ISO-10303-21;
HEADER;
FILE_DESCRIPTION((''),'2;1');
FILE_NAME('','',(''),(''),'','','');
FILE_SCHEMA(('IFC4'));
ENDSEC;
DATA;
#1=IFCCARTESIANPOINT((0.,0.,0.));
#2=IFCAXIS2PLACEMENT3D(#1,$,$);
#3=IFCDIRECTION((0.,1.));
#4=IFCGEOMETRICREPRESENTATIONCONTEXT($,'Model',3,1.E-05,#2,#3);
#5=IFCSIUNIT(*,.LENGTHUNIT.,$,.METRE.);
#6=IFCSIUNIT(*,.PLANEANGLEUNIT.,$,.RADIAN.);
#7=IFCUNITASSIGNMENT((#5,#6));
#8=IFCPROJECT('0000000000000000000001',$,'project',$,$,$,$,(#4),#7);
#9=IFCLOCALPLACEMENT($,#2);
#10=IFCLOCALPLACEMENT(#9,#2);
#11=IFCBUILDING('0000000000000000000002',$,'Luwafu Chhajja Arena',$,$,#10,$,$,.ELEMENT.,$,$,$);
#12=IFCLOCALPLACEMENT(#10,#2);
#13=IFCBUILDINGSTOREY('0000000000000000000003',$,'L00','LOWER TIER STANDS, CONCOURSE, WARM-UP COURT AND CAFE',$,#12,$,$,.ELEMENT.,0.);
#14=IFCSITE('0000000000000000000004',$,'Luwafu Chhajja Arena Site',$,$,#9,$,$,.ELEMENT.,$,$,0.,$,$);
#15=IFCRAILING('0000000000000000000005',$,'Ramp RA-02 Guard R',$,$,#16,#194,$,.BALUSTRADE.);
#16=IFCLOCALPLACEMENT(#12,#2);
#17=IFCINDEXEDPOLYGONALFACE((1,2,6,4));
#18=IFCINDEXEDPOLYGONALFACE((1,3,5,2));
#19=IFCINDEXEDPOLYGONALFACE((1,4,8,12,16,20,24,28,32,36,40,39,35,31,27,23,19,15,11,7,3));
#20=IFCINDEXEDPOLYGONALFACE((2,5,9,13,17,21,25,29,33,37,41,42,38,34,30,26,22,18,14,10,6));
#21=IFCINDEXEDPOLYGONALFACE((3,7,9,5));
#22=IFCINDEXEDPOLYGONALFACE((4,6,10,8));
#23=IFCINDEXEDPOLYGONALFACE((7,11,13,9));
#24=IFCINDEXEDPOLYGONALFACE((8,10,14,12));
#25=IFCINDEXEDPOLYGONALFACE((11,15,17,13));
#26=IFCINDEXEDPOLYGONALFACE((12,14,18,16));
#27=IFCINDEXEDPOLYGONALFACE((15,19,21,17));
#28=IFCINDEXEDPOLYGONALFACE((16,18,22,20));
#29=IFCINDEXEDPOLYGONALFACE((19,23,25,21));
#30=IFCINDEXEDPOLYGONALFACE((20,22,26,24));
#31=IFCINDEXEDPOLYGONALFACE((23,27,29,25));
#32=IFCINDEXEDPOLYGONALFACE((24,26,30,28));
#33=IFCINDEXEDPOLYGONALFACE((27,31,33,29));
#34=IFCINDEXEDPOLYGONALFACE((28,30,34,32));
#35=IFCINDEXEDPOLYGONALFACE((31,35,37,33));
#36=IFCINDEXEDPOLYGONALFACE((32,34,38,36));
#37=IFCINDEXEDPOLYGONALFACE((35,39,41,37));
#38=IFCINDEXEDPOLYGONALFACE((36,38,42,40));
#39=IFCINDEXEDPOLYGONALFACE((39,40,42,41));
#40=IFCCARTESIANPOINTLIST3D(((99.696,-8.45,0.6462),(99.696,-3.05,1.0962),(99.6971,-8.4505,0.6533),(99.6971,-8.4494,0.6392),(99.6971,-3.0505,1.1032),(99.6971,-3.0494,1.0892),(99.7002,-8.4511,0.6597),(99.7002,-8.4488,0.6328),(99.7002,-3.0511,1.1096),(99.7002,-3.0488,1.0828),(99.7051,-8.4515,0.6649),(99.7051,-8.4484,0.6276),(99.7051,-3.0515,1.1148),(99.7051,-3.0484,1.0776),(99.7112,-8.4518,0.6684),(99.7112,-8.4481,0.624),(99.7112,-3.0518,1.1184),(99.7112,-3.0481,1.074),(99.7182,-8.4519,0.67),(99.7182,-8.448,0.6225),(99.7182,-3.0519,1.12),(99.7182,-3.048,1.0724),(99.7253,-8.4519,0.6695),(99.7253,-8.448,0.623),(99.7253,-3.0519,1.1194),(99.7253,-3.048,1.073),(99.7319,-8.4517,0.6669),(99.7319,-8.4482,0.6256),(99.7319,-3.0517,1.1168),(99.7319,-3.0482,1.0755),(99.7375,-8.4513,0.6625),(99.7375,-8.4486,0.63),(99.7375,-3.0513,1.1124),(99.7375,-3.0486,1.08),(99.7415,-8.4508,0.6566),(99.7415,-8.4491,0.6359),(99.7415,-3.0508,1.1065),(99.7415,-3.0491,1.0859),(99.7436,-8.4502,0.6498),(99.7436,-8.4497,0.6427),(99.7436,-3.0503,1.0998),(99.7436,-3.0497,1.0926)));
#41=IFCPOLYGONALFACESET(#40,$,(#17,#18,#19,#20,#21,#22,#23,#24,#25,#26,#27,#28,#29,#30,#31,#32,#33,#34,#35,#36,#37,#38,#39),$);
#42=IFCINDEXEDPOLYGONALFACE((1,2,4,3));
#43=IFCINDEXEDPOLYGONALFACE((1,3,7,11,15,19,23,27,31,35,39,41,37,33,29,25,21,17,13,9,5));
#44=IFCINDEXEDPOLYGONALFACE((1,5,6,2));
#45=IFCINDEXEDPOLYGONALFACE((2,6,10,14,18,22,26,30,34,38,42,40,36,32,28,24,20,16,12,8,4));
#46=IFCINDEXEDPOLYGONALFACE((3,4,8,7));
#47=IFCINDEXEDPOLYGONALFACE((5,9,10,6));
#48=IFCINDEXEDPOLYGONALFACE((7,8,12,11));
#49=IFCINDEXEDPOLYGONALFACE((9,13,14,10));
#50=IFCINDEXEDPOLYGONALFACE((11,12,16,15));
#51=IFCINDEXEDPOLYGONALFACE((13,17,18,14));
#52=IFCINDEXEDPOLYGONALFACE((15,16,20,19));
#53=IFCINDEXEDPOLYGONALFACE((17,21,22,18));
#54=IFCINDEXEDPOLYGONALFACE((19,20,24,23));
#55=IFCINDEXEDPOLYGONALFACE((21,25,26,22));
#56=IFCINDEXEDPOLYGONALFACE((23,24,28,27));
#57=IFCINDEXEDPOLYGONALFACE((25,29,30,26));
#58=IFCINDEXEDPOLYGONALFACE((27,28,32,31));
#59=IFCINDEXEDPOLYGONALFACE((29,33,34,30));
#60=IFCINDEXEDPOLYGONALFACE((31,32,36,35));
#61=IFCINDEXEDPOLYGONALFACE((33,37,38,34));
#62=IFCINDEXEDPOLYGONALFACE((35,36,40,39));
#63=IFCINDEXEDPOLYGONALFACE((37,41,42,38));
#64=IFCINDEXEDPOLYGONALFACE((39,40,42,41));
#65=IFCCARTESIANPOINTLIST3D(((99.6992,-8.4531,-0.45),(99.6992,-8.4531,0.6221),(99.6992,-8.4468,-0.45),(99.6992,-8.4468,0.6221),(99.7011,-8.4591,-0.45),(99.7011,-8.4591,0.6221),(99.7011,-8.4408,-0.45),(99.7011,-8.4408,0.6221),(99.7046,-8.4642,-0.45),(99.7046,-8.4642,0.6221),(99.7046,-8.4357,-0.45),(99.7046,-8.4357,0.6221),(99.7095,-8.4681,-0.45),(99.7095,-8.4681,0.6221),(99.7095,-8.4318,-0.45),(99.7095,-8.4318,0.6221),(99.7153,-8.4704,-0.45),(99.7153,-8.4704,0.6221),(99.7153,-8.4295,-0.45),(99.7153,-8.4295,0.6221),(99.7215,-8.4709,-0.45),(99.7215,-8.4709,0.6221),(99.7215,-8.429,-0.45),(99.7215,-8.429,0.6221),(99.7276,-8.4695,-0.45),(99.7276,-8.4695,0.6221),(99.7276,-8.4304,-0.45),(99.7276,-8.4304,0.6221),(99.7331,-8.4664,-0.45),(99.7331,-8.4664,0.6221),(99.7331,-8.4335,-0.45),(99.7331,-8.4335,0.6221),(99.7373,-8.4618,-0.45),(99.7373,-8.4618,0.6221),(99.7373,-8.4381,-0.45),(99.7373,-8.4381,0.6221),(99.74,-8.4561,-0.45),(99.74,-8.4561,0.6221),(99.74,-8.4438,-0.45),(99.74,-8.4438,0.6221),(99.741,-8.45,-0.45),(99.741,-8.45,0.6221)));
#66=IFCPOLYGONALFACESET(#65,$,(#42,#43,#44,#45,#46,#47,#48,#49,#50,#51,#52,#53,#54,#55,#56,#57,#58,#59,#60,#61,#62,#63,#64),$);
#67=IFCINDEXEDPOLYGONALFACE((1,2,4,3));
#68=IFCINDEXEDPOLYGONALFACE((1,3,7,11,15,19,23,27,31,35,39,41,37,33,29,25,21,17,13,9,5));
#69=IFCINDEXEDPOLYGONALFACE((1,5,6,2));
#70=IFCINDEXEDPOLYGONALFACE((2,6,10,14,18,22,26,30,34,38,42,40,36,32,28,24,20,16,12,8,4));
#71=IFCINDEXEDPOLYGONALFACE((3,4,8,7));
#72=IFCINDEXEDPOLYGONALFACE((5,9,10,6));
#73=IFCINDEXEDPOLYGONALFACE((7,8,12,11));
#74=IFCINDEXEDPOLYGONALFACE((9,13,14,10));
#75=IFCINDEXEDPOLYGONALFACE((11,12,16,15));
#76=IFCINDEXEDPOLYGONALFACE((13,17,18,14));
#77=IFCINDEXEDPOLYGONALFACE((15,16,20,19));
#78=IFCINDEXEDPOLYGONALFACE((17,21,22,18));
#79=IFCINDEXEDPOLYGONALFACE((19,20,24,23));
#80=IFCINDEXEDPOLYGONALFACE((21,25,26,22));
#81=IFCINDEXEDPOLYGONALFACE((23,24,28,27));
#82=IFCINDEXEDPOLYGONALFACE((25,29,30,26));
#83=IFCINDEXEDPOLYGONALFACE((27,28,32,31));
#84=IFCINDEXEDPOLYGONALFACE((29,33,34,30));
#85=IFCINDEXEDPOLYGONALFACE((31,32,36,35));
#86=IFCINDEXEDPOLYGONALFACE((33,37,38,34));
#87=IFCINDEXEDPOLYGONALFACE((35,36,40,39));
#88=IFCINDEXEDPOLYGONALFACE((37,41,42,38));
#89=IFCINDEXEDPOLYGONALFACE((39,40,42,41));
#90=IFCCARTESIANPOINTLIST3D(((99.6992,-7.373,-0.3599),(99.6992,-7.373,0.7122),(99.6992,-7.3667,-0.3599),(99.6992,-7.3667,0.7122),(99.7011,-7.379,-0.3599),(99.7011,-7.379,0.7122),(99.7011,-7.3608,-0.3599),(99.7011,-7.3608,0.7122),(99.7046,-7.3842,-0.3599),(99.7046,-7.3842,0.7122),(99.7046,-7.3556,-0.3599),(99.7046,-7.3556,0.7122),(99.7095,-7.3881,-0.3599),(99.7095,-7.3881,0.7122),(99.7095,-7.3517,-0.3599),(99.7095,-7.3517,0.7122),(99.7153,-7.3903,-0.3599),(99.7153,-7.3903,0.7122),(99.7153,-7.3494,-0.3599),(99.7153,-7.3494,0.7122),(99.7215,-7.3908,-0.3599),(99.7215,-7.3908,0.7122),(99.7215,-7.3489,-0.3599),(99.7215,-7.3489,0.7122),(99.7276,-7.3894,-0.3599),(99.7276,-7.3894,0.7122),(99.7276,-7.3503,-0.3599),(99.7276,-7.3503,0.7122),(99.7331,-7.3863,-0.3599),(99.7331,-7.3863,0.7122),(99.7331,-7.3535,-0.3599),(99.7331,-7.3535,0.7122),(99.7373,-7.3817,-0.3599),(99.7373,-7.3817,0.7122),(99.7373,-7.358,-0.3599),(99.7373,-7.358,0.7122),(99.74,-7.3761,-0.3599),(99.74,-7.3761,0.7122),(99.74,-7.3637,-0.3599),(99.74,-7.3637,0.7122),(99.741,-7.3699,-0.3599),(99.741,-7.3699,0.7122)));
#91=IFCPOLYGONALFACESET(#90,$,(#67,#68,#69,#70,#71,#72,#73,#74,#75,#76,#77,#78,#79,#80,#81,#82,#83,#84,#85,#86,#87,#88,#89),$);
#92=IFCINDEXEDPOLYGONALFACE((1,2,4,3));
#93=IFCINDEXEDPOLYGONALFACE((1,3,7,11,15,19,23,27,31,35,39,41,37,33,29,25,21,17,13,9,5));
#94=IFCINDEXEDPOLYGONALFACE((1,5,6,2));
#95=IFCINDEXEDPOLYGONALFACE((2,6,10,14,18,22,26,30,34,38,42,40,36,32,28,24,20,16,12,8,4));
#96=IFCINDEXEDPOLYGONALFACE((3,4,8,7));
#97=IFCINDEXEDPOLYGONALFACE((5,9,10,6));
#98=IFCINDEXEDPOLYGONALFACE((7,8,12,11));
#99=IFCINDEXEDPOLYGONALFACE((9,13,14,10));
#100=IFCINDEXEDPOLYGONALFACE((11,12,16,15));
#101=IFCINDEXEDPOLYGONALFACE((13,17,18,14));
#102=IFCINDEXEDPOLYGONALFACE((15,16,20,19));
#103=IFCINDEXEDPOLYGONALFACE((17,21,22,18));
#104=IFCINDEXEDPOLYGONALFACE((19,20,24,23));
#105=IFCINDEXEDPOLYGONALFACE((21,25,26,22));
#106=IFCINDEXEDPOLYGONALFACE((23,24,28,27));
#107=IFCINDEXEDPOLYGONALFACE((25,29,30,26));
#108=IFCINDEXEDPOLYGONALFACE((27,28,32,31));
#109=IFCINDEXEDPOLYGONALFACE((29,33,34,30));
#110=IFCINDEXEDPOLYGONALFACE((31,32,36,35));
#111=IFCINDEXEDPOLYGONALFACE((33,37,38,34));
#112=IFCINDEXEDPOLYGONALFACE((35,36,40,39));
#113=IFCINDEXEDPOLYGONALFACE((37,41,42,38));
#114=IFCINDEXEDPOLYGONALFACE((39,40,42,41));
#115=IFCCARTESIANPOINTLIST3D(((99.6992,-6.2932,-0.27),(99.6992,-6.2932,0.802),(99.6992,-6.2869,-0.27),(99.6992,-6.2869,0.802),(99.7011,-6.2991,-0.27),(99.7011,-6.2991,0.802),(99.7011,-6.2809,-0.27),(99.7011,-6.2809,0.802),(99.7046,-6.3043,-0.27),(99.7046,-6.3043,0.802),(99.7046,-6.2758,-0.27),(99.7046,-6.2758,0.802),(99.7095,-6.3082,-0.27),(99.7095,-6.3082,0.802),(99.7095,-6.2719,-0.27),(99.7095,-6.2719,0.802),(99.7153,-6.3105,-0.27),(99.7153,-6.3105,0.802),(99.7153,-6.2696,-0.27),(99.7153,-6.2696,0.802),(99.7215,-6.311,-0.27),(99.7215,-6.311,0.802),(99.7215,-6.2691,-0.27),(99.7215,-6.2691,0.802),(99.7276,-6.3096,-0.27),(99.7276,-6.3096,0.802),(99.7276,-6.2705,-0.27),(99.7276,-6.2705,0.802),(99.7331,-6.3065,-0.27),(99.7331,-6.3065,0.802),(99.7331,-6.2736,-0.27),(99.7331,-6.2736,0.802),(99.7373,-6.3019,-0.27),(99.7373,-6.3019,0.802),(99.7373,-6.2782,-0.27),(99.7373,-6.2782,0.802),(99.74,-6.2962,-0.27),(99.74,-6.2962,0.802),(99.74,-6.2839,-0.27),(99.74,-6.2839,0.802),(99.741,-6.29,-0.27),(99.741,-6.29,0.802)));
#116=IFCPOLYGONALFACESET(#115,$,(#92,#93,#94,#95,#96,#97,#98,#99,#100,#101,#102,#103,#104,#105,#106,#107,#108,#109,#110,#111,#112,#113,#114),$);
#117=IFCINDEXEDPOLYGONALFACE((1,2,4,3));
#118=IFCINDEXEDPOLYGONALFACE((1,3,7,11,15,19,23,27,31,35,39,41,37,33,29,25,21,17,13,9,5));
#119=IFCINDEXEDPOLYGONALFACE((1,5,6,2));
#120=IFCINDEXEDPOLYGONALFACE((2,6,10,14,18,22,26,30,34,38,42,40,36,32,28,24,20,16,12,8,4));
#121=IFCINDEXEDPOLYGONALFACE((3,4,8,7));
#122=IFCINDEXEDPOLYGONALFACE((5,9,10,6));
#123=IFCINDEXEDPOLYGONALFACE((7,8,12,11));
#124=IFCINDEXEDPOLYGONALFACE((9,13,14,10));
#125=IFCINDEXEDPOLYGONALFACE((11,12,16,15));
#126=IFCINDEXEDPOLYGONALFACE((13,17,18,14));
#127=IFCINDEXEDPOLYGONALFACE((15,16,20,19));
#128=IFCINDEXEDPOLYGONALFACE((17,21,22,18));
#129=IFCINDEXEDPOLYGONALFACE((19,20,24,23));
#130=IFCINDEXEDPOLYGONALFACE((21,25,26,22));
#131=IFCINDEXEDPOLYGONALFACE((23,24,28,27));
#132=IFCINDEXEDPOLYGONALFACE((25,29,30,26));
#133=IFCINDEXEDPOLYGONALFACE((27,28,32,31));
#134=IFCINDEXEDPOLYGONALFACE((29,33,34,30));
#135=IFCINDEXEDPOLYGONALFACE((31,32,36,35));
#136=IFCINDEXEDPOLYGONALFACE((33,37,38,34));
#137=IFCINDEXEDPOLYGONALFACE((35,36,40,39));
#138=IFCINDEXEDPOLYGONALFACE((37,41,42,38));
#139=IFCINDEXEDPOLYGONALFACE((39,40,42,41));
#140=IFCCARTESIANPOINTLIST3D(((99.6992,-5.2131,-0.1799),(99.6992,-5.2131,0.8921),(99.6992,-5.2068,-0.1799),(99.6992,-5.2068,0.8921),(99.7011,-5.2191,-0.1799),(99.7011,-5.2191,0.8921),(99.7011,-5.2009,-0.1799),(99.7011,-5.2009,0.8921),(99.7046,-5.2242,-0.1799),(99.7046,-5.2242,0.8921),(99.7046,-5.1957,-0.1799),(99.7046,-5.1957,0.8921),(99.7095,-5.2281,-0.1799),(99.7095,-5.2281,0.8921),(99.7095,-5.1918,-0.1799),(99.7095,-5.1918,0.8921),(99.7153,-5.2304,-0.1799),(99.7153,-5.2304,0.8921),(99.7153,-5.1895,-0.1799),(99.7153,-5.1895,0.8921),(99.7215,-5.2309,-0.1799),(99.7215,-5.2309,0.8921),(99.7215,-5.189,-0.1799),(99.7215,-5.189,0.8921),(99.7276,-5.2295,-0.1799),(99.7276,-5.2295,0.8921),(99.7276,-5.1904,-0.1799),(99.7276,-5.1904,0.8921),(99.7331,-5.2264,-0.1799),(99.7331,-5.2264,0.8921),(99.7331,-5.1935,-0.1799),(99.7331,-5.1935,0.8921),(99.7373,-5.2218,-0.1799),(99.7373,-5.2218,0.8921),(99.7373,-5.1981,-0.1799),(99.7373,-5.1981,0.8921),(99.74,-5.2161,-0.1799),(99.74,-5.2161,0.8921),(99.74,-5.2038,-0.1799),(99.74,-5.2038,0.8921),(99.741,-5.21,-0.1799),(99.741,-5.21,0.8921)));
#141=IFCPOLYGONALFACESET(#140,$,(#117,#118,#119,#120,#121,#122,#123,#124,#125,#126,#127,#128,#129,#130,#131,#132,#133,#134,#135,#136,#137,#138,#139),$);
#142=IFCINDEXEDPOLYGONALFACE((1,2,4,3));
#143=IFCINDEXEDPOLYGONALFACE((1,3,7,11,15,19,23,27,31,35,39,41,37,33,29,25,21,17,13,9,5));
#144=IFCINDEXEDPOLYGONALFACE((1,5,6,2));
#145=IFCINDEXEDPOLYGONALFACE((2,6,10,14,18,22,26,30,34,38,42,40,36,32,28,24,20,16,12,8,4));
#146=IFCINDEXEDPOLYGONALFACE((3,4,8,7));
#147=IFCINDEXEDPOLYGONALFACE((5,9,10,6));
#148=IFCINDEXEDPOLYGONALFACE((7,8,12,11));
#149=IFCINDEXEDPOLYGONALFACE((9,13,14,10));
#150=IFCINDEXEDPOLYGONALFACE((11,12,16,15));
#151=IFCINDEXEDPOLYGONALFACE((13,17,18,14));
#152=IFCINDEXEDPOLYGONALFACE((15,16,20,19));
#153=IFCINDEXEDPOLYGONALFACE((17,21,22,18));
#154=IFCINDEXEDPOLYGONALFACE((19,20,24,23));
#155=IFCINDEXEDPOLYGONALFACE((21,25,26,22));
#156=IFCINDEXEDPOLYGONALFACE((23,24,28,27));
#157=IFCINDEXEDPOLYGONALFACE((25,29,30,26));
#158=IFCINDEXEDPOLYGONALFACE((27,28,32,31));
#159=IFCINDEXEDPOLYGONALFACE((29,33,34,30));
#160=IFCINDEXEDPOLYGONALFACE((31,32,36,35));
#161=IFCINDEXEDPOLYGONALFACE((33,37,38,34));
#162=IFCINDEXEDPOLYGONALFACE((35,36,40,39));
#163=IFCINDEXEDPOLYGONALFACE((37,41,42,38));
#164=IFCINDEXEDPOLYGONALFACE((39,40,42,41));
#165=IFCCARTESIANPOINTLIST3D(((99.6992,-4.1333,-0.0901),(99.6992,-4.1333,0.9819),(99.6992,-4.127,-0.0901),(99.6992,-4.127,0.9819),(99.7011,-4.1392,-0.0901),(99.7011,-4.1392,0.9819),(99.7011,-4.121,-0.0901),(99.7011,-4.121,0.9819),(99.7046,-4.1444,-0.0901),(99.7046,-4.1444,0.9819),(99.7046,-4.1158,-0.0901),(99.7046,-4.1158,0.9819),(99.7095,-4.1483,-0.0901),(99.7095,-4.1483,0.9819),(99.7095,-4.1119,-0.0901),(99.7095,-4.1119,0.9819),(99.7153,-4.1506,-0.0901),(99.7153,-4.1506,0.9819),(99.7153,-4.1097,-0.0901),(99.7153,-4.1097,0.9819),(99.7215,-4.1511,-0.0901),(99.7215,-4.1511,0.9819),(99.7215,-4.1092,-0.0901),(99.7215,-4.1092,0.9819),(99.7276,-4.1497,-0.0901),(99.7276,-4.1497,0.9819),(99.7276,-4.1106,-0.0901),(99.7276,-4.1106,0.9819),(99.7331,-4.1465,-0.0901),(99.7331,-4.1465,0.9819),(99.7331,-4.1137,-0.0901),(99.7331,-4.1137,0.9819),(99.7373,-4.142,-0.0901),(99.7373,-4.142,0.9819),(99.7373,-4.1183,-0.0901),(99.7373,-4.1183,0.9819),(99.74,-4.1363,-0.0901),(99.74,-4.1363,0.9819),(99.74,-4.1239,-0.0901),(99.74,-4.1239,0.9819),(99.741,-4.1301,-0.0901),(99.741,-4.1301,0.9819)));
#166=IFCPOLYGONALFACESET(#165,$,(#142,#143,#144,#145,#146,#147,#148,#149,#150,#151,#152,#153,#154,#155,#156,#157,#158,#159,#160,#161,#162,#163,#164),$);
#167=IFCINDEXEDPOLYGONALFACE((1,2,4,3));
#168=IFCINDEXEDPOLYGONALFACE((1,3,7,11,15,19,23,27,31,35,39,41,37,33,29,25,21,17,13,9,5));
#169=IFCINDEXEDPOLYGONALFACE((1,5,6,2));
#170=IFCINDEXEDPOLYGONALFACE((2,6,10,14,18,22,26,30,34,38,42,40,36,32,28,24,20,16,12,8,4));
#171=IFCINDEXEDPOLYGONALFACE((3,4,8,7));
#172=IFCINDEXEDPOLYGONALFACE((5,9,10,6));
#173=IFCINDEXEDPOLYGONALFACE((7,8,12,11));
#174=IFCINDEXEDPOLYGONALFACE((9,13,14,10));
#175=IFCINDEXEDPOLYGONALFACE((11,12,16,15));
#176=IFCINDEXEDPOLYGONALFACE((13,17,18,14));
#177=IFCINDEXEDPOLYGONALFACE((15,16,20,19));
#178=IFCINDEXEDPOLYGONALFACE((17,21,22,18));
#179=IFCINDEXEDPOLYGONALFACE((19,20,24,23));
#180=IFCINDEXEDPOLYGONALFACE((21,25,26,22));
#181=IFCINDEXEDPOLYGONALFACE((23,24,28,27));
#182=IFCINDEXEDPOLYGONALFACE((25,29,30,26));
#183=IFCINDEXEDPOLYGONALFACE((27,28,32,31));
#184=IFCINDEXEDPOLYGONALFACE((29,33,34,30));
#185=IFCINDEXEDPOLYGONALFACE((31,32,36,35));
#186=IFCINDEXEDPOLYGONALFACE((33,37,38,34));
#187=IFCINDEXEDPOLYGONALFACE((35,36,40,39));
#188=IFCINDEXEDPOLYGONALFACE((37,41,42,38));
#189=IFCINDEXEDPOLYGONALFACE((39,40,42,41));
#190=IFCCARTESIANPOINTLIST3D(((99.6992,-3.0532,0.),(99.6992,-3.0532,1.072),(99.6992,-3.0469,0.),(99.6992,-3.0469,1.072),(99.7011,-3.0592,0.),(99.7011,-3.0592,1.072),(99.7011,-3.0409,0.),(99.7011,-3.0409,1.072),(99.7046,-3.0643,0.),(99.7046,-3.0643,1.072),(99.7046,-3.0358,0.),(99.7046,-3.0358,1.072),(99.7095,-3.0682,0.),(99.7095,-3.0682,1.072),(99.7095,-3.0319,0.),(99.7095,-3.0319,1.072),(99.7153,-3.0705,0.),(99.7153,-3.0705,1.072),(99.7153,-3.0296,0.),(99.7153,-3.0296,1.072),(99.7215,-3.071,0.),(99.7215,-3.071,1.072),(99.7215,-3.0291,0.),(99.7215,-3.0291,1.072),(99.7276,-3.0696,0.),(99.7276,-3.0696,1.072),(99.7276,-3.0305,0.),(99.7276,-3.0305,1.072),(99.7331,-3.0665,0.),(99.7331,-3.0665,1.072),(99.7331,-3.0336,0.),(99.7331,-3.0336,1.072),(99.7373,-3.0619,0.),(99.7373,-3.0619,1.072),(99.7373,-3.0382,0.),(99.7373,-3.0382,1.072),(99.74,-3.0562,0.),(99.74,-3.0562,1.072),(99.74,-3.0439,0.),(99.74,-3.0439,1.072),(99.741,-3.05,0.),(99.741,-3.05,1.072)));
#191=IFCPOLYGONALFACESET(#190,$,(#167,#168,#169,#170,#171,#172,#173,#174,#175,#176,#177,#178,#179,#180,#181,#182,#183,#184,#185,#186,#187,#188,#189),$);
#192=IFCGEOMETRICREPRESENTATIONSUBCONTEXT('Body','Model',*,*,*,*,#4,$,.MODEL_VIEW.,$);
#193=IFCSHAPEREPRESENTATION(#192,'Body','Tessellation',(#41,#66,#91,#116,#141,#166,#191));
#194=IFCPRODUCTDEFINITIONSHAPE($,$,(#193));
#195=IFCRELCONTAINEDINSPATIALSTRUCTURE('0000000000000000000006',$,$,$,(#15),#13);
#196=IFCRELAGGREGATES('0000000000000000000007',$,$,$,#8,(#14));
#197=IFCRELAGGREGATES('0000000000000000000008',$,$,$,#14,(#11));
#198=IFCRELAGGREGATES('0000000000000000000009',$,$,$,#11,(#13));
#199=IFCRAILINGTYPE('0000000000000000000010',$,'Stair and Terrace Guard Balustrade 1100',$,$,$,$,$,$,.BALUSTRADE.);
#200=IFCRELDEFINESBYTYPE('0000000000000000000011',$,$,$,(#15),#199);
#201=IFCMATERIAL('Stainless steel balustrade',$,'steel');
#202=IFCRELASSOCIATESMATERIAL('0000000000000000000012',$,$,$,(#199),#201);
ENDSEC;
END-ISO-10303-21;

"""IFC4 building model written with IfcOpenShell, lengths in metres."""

from ifc_helpers import new_model, si_unit, direction, frame, origin, origin_2d, place, context, subcontext, project, spatial, circle, extrude, material, type_object, element, save


model = new_model("IFC4")

# Units and contexts
model_context = context("Model", 3, precision=1e-05, world=origin(), true_north=direction((0.0, 1.0)))
body_context = subcontext(model_context, "Body", "Model", "MODEL_VIEW")
ifc_project = project(units=[si_unit("LENGTHUNIT", "METRE"), si_unit("PLANEANGLEUNIT", "RADIAN")], contexts=[model_context])

# Site, building, storey
site_placement = place(None, origin())
site = spatial("IfcSite", under=ifc_project, at=site_placement, Name="Luwafu Chhajja Arena Site", CompositionType="ELEMENT", RefElevation=0.0)
building_placement = place(site_placement, origin())
building = spatial("IfcBuilding", under=site, at=building_placement, Name="Luwafu Chhajja Arena", CompositionType="ELEMENT")
storey_placement = place(building_placement, origin())
storey = spatial("IfcBuildingStorey", under=building, at=storey_placement, Name="L00", Description="LOWER TIER STANDS, CONCOURSE, WARM-UP COURT AND CAFE", CompositionType="ELEMENT", Elevation=0.0)

# Railing
ifc_material_1 = material(Name="Stainless steel balustrade", Category="steel")
railing_type = type_object("IfcRailingType", Name="Stair and Terrace Guard Balustrade 1100", PredefinedType="BALUSTRADE", material=ifc_material_1)
for number, where, name in (
    (1, (99.72, -8.45, -0.45), "Ramp RA-02 Guard R"),
):
    element("IfcRailing", number, at=place(storey_placement, frame(where)), inside=storey, type_object=railing_type, Name=name, PredefinedType="BALUSTRADE", context=body_context, shape_type="SweptSolid", body=[
        extrude(circle(Radius=0.0239, at=origin_2d()), frame((0.0, 0.0, 1.0962), z_axis=(0.0, 0.996546, 0.083038), x_axis=(-1.0, 0.0, 0.0)), (0.0, 0.0, 1.0), 5.4187),
        extrude(circle(Radius=0.021, at=origin_2d()), origin(), (0.0, 0.0, 1.0), 1.072),
        extrude(circle(Radius=0.021, at=origin_2d()), frame((0.0, 1.0801, 0.0901)), (0.0, 0.0, 1.0), 1.072),
        extrude(circle(Radius=0.021, at=origin_2d()), frame((0.0, 2.1599, 0.1799)), (0.0, 0.0, 1.0), 1.072),
        extrude(circle(Radius=0.021, at=origin_2d()), frame((0.0, 3.24, 0.27)), (0.0, 0.0, 1.0), 1.072),
        extrude(circle(Radius=0.021, at=origin_2d()), frame((0.0, 4.3198, 0.3599)), (0.0, 0.0, 1.0), 1.072),
        extrude(circle(Radius=0.021, at=origin_2d()), frame((0.0, 5.3999, 0.45)), (0.0, 0.0, 1.0), 1.072),
    ])

save(model, "model.ifc")
